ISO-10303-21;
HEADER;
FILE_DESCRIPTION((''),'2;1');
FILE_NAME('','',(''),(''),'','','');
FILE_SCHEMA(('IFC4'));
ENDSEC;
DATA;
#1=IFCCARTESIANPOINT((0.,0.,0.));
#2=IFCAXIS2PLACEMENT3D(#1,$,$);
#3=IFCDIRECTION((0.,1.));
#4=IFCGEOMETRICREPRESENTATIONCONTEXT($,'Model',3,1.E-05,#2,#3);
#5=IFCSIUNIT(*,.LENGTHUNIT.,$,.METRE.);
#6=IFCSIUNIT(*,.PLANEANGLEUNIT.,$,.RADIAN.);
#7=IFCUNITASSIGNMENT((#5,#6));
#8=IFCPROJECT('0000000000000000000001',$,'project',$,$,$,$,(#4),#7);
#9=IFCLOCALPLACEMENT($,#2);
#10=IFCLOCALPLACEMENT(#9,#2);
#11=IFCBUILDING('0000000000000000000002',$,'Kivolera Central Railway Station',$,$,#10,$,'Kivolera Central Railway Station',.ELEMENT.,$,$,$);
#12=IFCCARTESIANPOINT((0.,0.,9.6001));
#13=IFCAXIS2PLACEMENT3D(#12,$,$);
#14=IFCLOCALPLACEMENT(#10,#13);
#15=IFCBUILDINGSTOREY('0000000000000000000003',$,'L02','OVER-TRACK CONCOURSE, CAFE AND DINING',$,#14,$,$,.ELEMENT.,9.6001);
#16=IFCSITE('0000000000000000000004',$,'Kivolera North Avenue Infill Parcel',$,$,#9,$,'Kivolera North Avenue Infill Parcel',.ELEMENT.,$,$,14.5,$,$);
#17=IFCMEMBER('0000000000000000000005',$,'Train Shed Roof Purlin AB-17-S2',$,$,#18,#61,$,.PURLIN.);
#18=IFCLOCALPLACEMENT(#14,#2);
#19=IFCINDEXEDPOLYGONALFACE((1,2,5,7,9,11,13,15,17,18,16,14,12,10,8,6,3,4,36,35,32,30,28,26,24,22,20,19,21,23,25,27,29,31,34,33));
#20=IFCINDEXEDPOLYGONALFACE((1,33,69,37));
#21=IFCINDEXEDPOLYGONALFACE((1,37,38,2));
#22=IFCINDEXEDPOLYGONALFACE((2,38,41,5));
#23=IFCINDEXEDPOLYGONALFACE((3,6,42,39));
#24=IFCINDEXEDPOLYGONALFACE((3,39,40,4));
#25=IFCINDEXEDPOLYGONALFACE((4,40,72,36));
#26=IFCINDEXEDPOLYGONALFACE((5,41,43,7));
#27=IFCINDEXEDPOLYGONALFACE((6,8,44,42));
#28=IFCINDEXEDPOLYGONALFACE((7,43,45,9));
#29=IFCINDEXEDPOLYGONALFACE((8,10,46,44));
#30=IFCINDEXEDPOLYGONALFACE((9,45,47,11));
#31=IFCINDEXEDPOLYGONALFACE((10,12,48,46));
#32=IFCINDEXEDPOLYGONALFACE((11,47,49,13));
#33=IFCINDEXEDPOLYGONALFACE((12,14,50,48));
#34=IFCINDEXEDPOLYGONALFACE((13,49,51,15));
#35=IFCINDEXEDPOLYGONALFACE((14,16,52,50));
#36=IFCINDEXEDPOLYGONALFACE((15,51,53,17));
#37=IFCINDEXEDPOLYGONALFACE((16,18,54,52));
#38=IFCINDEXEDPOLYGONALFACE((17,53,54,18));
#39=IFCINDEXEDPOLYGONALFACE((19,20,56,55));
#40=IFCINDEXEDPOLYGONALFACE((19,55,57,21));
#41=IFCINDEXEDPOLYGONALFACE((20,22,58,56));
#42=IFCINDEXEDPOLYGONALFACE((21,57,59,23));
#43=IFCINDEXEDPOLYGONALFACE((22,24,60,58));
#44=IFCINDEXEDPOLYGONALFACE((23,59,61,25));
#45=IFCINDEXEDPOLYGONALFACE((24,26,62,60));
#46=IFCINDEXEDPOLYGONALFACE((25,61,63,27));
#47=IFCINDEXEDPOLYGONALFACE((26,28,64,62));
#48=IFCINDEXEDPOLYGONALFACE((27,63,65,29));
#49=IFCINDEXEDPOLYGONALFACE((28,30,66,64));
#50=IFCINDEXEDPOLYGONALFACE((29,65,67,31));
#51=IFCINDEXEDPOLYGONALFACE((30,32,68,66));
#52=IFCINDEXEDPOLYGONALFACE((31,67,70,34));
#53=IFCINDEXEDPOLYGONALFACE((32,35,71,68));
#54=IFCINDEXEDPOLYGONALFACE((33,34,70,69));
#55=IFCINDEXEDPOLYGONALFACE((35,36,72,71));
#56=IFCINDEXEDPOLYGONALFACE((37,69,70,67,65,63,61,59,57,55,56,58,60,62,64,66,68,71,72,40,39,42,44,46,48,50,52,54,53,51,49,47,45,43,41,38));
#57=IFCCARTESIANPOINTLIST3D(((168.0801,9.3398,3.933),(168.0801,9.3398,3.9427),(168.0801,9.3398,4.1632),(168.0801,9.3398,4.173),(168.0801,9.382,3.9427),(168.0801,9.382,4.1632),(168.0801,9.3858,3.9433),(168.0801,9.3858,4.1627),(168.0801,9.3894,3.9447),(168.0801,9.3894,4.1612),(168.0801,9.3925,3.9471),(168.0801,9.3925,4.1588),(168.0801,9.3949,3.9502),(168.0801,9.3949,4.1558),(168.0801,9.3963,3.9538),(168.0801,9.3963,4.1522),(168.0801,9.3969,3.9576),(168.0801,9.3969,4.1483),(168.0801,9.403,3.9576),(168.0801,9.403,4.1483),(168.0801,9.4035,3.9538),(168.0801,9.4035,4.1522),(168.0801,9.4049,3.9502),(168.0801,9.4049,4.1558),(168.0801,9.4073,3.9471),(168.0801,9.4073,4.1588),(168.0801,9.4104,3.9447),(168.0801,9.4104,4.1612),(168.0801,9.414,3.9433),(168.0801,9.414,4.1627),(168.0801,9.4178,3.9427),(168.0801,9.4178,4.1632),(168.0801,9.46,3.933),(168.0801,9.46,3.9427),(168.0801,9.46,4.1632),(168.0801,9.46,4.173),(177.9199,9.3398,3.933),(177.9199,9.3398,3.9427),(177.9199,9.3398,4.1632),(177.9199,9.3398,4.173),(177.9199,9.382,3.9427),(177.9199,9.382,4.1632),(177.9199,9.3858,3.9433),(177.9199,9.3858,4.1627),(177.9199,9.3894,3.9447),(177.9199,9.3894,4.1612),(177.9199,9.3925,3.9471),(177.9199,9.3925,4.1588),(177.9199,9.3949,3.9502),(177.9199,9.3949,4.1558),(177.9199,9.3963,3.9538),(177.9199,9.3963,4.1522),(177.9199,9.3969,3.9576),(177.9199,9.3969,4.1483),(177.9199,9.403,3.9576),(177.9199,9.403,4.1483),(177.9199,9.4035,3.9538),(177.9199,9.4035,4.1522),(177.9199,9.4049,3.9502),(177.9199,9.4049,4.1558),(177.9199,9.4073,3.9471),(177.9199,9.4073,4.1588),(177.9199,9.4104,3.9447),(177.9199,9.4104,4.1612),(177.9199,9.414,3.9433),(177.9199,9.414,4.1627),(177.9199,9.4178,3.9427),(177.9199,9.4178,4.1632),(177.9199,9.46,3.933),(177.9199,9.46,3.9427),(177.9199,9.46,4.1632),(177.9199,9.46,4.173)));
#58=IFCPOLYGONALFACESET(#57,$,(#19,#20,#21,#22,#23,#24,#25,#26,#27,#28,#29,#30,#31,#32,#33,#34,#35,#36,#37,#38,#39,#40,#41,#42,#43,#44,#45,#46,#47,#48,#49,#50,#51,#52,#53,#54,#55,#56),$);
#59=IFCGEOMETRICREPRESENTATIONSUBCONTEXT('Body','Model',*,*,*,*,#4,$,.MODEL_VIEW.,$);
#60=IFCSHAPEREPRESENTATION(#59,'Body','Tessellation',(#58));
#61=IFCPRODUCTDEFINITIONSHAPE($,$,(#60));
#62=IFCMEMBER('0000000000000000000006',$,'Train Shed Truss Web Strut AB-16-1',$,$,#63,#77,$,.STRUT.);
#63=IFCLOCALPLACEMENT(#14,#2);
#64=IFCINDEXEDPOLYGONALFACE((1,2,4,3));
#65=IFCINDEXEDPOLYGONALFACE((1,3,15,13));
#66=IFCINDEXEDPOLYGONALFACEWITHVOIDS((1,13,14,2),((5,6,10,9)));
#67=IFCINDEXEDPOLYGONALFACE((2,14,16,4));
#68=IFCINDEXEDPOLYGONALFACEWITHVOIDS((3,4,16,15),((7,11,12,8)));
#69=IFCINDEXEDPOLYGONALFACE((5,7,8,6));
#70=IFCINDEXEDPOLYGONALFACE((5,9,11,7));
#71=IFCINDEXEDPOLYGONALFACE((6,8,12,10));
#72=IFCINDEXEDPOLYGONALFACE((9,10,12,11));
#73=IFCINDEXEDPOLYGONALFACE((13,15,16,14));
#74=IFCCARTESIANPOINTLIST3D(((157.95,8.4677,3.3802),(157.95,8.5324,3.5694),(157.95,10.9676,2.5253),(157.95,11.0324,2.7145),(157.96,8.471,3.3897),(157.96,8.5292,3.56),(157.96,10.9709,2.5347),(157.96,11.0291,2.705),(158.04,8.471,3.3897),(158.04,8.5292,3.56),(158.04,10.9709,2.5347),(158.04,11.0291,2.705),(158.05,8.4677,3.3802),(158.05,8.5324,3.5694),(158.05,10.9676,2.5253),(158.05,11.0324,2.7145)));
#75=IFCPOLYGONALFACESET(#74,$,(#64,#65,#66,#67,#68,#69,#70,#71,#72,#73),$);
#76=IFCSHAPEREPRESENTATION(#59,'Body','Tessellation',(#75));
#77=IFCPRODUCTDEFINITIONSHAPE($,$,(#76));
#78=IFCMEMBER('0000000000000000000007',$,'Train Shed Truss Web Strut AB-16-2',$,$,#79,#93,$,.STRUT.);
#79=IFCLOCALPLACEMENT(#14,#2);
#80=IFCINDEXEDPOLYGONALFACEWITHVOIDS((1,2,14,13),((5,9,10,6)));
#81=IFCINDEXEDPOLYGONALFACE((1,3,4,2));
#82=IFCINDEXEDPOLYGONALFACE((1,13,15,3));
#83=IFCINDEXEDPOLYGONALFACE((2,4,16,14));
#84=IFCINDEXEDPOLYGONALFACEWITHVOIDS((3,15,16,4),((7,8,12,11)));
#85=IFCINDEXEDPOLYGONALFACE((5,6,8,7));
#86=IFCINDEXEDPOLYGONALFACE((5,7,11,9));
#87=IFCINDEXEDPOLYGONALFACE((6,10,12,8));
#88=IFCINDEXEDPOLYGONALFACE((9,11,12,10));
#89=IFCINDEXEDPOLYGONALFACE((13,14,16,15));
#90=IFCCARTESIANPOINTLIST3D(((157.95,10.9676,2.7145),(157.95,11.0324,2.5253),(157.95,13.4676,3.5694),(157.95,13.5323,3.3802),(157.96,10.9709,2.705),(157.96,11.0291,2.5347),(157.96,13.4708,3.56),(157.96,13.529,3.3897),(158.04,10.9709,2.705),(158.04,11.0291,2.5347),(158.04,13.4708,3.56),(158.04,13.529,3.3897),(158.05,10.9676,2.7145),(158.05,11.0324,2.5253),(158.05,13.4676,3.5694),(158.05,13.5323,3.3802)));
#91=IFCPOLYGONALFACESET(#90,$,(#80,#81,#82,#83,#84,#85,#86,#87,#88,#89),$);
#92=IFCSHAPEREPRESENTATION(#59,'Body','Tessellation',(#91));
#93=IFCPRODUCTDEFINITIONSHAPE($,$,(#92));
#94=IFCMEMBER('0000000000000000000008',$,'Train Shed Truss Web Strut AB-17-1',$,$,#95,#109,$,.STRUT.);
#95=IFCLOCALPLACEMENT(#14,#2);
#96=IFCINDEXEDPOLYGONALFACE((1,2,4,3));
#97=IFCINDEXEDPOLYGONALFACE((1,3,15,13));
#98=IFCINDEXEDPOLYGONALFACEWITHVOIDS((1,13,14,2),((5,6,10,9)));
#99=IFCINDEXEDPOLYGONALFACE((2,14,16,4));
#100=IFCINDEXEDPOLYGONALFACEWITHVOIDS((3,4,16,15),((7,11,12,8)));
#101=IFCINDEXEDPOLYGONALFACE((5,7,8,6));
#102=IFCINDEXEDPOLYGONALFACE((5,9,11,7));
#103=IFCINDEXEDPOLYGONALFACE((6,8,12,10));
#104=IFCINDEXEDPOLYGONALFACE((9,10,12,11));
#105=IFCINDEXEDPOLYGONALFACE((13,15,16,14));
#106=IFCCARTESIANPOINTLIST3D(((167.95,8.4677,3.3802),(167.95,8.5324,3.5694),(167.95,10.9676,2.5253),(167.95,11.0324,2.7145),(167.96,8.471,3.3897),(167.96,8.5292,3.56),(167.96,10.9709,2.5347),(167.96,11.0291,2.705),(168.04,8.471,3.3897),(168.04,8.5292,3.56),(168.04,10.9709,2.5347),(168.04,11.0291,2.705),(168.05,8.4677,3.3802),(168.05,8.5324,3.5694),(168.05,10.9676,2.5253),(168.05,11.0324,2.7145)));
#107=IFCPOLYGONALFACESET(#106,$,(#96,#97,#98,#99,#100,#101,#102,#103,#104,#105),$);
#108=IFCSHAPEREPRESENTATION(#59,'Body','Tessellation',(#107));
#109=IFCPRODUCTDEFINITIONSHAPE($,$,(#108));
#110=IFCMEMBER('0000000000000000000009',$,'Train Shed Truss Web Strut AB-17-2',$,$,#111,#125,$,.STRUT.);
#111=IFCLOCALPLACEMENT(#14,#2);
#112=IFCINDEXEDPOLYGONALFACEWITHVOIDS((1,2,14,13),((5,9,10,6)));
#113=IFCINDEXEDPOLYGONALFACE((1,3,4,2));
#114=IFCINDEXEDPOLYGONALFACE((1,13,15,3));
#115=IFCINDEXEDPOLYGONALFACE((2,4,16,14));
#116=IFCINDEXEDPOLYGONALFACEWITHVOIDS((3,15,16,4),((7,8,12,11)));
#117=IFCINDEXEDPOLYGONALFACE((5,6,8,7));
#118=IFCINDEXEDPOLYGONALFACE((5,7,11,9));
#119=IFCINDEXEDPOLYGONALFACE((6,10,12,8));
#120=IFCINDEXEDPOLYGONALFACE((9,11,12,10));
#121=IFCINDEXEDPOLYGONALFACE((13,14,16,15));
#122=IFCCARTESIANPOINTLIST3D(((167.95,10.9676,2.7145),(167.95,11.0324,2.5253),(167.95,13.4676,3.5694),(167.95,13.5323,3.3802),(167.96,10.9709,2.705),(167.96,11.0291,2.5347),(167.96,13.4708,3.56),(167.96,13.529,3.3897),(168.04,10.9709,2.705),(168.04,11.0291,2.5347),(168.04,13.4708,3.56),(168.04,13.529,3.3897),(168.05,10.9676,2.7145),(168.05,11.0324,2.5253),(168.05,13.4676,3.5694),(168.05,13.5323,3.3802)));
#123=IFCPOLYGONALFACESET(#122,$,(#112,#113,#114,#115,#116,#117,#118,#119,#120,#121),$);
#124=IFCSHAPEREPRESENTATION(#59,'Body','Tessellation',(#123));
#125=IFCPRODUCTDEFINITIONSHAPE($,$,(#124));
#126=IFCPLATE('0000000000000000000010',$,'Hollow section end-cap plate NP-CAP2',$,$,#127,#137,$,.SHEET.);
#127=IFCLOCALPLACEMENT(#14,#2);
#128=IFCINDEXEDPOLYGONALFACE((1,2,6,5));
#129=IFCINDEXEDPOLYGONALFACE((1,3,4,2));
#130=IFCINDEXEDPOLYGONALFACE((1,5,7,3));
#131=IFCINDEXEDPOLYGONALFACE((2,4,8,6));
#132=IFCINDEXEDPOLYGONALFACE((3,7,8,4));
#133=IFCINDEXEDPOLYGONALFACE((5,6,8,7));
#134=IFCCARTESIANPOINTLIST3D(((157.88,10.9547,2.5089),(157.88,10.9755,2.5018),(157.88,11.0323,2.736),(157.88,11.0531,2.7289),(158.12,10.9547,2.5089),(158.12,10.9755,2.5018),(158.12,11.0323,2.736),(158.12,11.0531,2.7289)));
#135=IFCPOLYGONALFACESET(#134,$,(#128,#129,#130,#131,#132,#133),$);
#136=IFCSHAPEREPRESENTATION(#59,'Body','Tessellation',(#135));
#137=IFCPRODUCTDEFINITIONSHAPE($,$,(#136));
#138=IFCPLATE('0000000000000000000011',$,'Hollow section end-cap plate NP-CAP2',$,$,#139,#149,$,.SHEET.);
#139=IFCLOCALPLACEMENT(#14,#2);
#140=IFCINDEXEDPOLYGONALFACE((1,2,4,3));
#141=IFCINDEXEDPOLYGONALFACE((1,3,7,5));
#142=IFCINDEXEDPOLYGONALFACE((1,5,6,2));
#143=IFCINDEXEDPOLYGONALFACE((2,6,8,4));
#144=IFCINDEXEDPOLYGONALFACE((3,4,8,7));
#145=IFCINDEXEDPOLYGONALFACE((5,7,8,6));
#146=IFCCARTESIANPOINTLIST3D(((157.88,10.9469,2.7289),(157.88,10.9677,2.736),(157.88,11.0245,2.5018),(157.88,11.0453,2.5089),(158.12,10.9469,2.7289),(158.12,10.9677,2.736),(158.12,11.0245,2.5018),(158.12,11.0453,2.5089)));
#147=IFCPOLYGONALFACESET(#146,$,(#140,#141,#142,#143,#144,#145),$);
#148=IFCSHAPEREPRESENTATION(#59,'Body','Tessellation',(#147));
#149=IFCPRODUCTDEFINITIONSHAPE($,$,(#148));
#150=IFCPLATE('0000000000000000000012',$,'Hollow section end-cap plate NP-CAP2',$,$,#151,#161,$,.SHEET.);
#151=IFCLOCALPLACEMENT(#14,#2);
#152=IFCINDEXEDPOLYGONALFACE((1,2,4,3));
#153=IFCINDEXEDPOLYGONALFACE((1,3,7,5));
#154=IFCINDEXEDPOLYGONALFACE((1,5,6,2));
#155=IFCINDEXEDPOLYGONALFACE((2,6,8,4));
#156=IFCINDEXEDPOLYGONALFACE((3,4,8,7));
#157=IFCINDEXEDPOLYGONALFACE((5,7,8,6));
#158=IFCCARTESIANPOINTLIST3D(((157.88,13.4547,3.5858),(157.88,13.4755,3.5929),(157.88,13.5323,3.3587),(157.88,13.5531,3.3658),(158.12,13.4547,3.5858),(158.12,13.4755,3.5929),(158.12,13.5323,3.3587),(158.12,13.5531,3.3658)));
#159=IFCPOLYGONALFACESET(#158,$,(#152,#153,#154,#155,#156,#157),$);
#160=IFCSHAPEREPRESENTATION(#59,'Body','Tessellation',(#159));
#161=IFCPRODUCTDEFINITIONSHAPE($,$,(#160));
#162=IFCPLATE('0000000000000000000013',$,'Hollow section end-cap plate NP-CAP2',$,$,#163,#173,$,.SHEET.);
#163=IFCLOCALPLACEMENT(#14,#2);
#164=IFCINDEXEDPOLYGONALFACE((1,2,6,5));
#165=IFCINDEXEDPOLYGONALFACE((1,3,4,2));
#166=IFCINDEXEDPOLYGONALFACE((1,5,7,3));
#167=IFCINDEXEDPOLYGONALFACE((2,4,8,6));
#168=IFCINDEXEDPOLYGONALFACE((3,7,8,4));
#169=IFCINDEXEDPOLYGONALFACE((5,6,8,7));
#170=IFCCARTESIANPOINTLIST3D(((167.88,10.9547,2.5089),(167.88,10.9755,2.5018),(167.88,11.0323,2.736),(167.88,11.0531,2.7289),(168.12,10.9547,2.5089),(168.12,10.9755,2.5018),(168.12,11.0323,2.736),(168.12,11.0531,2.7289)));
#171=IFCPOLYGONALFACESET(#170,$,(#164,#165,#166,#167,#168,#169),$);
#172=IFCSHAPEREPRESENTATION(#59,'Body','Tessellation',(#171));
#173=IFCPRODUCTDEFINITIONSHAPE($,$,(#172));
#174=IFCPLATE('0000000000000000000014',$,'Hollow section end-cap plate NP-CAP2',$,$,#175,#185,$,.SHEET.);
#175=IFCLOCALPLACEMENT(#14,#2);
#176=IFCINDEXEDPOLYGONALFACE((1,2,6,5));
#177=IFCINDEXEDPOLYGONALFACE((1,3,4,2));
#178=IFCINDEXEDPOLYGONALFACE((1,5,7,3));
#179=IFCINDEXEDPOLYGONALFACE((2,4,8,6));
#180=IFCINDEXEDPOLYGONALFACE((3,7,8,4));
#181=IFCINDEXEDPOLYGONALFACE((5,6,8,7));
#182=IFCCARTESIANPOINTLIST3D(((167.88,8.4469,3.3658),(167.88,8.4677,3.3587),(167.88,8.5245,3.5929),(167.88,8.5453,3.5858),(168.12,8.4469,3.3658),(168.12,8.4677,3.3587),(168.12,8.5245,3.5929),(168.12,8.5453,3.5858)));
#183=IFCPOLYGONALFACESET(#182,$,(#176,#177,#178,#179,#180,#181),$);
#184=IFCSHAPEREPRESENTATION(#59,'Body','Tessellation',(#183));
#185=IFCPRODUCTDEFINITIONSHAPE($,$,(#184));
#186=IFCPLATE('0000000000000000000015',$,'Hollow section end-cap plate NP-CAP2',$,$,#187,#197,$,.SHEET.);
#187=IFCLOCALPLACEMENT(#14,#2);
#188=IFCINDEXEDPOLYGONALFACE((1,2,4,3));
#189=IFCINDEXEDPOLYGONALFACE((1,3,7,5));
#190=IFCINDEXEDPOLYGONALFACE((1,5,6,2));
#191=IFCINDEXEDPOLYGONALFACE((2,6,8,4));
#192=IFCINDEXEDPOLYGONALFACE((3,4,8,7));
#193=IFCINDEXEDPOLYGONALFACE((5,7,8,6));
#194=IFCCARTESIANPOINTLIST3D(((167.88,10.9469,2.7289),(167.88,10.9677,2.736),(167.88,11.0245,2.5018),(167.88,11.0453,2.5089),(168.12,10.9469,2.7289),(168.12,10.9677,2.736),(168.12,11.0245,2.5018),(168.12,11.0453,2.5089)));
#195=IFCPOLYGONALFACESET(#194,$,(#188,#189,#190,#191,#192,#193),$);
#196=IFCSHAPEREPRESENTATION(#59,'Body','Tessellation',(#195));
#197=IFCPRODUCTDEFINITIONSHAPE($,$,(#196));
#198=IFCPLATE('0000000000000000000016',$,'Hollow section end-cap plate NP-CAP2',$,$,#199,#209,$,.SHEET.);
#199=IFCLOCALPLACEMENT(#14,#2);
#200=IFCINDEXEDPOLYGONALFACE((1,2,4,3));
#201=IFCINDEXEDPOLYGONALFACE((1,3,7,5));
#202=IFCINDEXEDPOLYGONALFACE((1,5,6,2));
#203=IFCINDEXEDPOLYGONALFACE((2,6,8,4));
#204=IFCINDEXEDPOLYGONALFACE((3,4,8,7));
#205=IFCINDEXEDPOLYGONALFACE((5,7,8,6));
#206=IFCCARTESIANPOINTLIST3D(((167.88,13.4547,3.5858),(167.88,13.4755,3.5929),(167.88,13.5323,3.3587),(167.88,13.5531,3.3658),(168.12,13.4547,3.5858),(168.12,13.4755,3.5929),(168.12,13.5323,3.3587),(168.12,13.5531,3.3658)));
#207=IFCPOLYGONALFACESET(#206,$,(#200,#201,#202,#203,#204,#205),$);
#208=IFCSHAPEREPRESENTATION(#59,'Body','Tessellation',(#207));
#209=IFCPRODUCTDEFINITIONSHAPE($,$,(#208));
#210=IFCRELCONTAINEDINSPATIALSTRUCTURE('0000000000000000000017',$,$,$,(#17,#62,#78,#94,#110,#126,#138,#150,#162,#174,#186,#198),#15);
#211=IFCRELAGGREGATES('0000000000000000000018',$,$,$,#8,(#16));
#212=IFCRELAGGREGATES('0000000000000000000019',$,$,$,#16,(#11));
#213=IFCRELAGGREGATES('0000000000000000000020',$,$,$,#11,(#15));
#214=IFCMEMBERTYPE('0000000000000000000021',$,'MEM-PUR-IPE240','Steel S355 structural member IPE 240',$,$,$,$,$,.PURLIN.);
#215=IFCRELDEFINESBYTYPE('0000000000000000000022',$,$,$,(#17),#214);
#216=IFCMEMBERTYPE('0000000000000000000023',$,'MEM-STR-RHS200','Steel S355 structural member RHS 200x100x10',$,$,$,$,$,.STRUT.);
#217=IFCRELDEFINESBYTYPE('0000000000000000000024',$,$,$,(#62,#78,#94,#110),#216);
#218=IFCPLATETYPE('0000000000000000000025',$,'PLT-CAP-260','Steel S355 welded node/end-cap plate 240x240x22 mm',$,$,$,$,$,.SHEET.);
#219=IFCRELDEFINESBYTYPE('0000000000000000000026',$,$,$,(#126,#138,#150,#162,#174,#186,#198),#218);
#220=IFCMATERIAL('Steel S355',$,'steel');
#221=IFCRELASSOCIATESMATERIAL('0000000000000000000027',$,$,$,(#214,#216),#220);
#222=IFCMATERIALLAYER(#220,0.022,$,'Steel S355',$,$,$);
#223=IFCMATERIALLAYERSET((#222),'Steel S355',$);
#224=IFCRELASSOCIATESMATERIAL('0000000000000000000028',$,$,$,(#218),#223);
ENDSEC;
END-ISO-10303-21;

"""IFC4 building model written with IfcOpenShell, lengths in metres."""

from ifc_helpers import new_model, si_unit, direction, frame, origin, origin_2d, place, context, subcontext, project, spatial, rectangle, hollow_rectangle, i_section, extrude, material, layer, layer_set, material_profile, profile_set, type_object, element, save


model = new_model("IFC4")

# Units and contexts
model_context = context("Model", 3, precision=1e-05, world=origin(), true_north=direction((0.0, 1.0)))
body_context = subcontext(model_context, "Body", "Model", "MODEL_VIEW")
ifc_project = project(units=[si_unit("LENGTHUNIT", "METRE"), si_unit("PLANEANGLEUNIT", "RADIAN")], contexts=[model_context])

# Site, building, storey
site_placement = place(None, origin())
site = spatial("IfcSite", under=ifc_project, at=site_placement, Name="Kivolera North Avenue Infill Parcel", LongName="Kivolera North Avenue Infill Parcel", CompositionType="ELEMENT", RefElevation=14.5)
building_placement = place(site_placement, origin())
building = spatial("IfcBuilding", under=site, at=building_placement, Name="Kivolera Central Railway Station", LongName="Kivolera Central Railway Station", CompositionType="ELEMENT")
storey_placement = place(building_placement, frame((0.0, 0.0, 9.6001)))
storey = spatial("IfcBuildingStorey", under=building, at=storey_placement, Name="L02", Description="OVER-TRACK CONCOURSE, CAFE AND DINING", CompositionType="ELEMENT", Elevation=9.6001)

# Shared definitions
ifc_material_1 = material(Name="Steel S355", Category="steel")

# Members
ifc_material_profile_1 = material_profile(ifc_material_1, i_section(OverallWidth=0.1201, OverallDepth=0.24, WebThickness=0.0061, FlangeThickness=0.0098, FilletRadius=0.0149, at=origin_2d()), Name="IPE 240")
ifc_profile_set_1 = profile_set([ifc_material_profile_1], Name="Steel S355")
member_type_1 = type_object("IfcMemberType", Name="MEM-PUR-IPE240", Description="Steel S355 structural member IPE 240", PredefinedType="PURLIN", material=ifc_profile_set_1)
for number, where, z_axis, x_axis, name in (
    (1, (168.0801, 9.3999, 4.053), (1.0, 0.0, 0.0), (0.0, 1.0, 0.0), "Train Shed Roof Purlin AB-17-S2"),
):
    element("IfcMember", number, at=place(storey_placement, frame(where, z_axis=z_axis, x_axis=x_axis)), inside=storey, type_object=member_type_1, Name=name, PredefinedType="PURLIN", context=body_context, shape_type="SweptSolid", body=[
        extrude(i_section(OverallWidth=0.1201, OverallDepth=0.24, WebThickness=0.0061, FlangeThickness=0.0098, FilletRadius=0.0149, at=origin_2d()), origin(), (0.0, 0.0, 1.0), 9.8398),
    ])
ifc_material_profile_2 = material_profile(ifc_material_1, hollow_rectangle(XDim=0.1001, YDim=0.2, WallThickness=0.01, at=origin_2d()), Name="RHS 200x100x10")
ifc_profile_set_2 = profile_set([ifc_material_profile_2], Name="Steel S355")
member_type_2 = type_object("IfcMemberType", Name="MEM-STR-RHS200", Description="Steel S355 structural member RHS 200x100x10", PredefinedType="STRUT", material=ifc_profile_set_2)
for number, where, z_axis, x_axis, name in (
    (2, (158.0, 11.0, 2.6199), (0.0, -0.946197, 0.323592), (1.0, 0.0, 0.0), "Train Shed Truss Web Strut AB-16-1"),
    (3, (158.0, 11.0, 2.6199), (0.0, 0.946197, 0.323592), (-1.0, 0.0, 0.0), "Train Shed Truss Web Strut AB-16-2"),
    (4, (168.0, 11.0, 2.6199), (0.0, -0.946197, 0.323592), (1.0, 0.0, 0.0), "Train Shed Truss Web Strut AB-17-1"),
    (5, (168.0, 11.0, 2.6199), (0.0, 0.946197, 0.323592), (-1.0, 0.0, 0.0), "Train Shed Truss Web Strut AB-17-2"),
):
    element("IfcMember", number, at=place(storey_placement, frame(where, z_axis=z_axis, x_axis=x_axis)), inside=storey, type_object=member_type_2, Name=name, PredefinedType="STRUT", context=body_context, shape_type="SweptSolid", body=[
        extrude(hollow_rectangle(XDim=0.1001, YDim=0.2, WallThickness=0.01, at=origin_2d()), origin(), (0.0, 0.0, 1.0), 2.6421),
    ])

# Plates
ifc_layer_1 = layer(ifc_material_1, 0.022, Name="Steel S355")
ifc_layer_set_1 = layer_set([ifc_layer_1], Name="Steel S355")
plate_type = type_object("IfcPlateType", Name="PLT-CAP-260", Description="Steel S355 welded node/end-cap plate 240x240x22 mm", PredefinedType="SHEET", material=ifc_layer_set_1)
for number, where, z_axis, x_axis, name in (
    (6, (158.0, 11.0039, 2.6189), (0.0, -0.946194, 0.323599), (1.0, 0.0, 0.0), "Hollow section end-cap plate NP-CAP2"),
    (7, (158.0, 10.9961, 2.6189), (0.0, 0.946194, 0.323599), (-1.0, 0.0, 0.0), "Hollow section end-cap plate NP-CAP2"),
    (8, (158.0, 13.5039, 3.4758), (0.0, 0.946194, 0.323599), (-1.0, 0.0, 0.0), "Hollow section end-cap plate NP-CAP2"),
    (9, (168.0, 11.0039, 2.6189), (0.0, -0.946194, 0.323599), (1.0, 0.0, 0.0), "Hollow section end-cap plate NP-CAP2"),
    (10, (168.0, 8.4961, 3.4758), (0.0, -0.946194, 0.323599), (1.0, 0.0, 0.0), "Hollow section end-cap plate NP-CAP2"),
    (11, (168.0, 10.9961, 2.6189), (0.0, 0.946194, 0.323599), (-1.0, 0.0, 0.0), "Hollow section end-cap plate NP-CAP2"),
    (12, (168.0, 13.5039, 3.4758), (0.0, 0.946194, 0.323599), (-1.0, 0.0, 0.0), "Hollow section end-cap plate NP-CAP2"),
):
    element("IfcPlate", number, at=place(storey_placement, frame(where, z_axis=z_axis, x_axis=x_axis)), inside=storey, type_object=plate_type, Name=name, PredefinedType="SHEET", context=body_context, shape_type="SweptSolid", body=[
        extrude(rectangle(XDim=0.24, YDim=0.24, at=origin_2d()), frame((0.0, 0.0, -0.011)), (0.0, 0.0, 1.0), 0.022),
    ])

save(model, "model.ifc")
